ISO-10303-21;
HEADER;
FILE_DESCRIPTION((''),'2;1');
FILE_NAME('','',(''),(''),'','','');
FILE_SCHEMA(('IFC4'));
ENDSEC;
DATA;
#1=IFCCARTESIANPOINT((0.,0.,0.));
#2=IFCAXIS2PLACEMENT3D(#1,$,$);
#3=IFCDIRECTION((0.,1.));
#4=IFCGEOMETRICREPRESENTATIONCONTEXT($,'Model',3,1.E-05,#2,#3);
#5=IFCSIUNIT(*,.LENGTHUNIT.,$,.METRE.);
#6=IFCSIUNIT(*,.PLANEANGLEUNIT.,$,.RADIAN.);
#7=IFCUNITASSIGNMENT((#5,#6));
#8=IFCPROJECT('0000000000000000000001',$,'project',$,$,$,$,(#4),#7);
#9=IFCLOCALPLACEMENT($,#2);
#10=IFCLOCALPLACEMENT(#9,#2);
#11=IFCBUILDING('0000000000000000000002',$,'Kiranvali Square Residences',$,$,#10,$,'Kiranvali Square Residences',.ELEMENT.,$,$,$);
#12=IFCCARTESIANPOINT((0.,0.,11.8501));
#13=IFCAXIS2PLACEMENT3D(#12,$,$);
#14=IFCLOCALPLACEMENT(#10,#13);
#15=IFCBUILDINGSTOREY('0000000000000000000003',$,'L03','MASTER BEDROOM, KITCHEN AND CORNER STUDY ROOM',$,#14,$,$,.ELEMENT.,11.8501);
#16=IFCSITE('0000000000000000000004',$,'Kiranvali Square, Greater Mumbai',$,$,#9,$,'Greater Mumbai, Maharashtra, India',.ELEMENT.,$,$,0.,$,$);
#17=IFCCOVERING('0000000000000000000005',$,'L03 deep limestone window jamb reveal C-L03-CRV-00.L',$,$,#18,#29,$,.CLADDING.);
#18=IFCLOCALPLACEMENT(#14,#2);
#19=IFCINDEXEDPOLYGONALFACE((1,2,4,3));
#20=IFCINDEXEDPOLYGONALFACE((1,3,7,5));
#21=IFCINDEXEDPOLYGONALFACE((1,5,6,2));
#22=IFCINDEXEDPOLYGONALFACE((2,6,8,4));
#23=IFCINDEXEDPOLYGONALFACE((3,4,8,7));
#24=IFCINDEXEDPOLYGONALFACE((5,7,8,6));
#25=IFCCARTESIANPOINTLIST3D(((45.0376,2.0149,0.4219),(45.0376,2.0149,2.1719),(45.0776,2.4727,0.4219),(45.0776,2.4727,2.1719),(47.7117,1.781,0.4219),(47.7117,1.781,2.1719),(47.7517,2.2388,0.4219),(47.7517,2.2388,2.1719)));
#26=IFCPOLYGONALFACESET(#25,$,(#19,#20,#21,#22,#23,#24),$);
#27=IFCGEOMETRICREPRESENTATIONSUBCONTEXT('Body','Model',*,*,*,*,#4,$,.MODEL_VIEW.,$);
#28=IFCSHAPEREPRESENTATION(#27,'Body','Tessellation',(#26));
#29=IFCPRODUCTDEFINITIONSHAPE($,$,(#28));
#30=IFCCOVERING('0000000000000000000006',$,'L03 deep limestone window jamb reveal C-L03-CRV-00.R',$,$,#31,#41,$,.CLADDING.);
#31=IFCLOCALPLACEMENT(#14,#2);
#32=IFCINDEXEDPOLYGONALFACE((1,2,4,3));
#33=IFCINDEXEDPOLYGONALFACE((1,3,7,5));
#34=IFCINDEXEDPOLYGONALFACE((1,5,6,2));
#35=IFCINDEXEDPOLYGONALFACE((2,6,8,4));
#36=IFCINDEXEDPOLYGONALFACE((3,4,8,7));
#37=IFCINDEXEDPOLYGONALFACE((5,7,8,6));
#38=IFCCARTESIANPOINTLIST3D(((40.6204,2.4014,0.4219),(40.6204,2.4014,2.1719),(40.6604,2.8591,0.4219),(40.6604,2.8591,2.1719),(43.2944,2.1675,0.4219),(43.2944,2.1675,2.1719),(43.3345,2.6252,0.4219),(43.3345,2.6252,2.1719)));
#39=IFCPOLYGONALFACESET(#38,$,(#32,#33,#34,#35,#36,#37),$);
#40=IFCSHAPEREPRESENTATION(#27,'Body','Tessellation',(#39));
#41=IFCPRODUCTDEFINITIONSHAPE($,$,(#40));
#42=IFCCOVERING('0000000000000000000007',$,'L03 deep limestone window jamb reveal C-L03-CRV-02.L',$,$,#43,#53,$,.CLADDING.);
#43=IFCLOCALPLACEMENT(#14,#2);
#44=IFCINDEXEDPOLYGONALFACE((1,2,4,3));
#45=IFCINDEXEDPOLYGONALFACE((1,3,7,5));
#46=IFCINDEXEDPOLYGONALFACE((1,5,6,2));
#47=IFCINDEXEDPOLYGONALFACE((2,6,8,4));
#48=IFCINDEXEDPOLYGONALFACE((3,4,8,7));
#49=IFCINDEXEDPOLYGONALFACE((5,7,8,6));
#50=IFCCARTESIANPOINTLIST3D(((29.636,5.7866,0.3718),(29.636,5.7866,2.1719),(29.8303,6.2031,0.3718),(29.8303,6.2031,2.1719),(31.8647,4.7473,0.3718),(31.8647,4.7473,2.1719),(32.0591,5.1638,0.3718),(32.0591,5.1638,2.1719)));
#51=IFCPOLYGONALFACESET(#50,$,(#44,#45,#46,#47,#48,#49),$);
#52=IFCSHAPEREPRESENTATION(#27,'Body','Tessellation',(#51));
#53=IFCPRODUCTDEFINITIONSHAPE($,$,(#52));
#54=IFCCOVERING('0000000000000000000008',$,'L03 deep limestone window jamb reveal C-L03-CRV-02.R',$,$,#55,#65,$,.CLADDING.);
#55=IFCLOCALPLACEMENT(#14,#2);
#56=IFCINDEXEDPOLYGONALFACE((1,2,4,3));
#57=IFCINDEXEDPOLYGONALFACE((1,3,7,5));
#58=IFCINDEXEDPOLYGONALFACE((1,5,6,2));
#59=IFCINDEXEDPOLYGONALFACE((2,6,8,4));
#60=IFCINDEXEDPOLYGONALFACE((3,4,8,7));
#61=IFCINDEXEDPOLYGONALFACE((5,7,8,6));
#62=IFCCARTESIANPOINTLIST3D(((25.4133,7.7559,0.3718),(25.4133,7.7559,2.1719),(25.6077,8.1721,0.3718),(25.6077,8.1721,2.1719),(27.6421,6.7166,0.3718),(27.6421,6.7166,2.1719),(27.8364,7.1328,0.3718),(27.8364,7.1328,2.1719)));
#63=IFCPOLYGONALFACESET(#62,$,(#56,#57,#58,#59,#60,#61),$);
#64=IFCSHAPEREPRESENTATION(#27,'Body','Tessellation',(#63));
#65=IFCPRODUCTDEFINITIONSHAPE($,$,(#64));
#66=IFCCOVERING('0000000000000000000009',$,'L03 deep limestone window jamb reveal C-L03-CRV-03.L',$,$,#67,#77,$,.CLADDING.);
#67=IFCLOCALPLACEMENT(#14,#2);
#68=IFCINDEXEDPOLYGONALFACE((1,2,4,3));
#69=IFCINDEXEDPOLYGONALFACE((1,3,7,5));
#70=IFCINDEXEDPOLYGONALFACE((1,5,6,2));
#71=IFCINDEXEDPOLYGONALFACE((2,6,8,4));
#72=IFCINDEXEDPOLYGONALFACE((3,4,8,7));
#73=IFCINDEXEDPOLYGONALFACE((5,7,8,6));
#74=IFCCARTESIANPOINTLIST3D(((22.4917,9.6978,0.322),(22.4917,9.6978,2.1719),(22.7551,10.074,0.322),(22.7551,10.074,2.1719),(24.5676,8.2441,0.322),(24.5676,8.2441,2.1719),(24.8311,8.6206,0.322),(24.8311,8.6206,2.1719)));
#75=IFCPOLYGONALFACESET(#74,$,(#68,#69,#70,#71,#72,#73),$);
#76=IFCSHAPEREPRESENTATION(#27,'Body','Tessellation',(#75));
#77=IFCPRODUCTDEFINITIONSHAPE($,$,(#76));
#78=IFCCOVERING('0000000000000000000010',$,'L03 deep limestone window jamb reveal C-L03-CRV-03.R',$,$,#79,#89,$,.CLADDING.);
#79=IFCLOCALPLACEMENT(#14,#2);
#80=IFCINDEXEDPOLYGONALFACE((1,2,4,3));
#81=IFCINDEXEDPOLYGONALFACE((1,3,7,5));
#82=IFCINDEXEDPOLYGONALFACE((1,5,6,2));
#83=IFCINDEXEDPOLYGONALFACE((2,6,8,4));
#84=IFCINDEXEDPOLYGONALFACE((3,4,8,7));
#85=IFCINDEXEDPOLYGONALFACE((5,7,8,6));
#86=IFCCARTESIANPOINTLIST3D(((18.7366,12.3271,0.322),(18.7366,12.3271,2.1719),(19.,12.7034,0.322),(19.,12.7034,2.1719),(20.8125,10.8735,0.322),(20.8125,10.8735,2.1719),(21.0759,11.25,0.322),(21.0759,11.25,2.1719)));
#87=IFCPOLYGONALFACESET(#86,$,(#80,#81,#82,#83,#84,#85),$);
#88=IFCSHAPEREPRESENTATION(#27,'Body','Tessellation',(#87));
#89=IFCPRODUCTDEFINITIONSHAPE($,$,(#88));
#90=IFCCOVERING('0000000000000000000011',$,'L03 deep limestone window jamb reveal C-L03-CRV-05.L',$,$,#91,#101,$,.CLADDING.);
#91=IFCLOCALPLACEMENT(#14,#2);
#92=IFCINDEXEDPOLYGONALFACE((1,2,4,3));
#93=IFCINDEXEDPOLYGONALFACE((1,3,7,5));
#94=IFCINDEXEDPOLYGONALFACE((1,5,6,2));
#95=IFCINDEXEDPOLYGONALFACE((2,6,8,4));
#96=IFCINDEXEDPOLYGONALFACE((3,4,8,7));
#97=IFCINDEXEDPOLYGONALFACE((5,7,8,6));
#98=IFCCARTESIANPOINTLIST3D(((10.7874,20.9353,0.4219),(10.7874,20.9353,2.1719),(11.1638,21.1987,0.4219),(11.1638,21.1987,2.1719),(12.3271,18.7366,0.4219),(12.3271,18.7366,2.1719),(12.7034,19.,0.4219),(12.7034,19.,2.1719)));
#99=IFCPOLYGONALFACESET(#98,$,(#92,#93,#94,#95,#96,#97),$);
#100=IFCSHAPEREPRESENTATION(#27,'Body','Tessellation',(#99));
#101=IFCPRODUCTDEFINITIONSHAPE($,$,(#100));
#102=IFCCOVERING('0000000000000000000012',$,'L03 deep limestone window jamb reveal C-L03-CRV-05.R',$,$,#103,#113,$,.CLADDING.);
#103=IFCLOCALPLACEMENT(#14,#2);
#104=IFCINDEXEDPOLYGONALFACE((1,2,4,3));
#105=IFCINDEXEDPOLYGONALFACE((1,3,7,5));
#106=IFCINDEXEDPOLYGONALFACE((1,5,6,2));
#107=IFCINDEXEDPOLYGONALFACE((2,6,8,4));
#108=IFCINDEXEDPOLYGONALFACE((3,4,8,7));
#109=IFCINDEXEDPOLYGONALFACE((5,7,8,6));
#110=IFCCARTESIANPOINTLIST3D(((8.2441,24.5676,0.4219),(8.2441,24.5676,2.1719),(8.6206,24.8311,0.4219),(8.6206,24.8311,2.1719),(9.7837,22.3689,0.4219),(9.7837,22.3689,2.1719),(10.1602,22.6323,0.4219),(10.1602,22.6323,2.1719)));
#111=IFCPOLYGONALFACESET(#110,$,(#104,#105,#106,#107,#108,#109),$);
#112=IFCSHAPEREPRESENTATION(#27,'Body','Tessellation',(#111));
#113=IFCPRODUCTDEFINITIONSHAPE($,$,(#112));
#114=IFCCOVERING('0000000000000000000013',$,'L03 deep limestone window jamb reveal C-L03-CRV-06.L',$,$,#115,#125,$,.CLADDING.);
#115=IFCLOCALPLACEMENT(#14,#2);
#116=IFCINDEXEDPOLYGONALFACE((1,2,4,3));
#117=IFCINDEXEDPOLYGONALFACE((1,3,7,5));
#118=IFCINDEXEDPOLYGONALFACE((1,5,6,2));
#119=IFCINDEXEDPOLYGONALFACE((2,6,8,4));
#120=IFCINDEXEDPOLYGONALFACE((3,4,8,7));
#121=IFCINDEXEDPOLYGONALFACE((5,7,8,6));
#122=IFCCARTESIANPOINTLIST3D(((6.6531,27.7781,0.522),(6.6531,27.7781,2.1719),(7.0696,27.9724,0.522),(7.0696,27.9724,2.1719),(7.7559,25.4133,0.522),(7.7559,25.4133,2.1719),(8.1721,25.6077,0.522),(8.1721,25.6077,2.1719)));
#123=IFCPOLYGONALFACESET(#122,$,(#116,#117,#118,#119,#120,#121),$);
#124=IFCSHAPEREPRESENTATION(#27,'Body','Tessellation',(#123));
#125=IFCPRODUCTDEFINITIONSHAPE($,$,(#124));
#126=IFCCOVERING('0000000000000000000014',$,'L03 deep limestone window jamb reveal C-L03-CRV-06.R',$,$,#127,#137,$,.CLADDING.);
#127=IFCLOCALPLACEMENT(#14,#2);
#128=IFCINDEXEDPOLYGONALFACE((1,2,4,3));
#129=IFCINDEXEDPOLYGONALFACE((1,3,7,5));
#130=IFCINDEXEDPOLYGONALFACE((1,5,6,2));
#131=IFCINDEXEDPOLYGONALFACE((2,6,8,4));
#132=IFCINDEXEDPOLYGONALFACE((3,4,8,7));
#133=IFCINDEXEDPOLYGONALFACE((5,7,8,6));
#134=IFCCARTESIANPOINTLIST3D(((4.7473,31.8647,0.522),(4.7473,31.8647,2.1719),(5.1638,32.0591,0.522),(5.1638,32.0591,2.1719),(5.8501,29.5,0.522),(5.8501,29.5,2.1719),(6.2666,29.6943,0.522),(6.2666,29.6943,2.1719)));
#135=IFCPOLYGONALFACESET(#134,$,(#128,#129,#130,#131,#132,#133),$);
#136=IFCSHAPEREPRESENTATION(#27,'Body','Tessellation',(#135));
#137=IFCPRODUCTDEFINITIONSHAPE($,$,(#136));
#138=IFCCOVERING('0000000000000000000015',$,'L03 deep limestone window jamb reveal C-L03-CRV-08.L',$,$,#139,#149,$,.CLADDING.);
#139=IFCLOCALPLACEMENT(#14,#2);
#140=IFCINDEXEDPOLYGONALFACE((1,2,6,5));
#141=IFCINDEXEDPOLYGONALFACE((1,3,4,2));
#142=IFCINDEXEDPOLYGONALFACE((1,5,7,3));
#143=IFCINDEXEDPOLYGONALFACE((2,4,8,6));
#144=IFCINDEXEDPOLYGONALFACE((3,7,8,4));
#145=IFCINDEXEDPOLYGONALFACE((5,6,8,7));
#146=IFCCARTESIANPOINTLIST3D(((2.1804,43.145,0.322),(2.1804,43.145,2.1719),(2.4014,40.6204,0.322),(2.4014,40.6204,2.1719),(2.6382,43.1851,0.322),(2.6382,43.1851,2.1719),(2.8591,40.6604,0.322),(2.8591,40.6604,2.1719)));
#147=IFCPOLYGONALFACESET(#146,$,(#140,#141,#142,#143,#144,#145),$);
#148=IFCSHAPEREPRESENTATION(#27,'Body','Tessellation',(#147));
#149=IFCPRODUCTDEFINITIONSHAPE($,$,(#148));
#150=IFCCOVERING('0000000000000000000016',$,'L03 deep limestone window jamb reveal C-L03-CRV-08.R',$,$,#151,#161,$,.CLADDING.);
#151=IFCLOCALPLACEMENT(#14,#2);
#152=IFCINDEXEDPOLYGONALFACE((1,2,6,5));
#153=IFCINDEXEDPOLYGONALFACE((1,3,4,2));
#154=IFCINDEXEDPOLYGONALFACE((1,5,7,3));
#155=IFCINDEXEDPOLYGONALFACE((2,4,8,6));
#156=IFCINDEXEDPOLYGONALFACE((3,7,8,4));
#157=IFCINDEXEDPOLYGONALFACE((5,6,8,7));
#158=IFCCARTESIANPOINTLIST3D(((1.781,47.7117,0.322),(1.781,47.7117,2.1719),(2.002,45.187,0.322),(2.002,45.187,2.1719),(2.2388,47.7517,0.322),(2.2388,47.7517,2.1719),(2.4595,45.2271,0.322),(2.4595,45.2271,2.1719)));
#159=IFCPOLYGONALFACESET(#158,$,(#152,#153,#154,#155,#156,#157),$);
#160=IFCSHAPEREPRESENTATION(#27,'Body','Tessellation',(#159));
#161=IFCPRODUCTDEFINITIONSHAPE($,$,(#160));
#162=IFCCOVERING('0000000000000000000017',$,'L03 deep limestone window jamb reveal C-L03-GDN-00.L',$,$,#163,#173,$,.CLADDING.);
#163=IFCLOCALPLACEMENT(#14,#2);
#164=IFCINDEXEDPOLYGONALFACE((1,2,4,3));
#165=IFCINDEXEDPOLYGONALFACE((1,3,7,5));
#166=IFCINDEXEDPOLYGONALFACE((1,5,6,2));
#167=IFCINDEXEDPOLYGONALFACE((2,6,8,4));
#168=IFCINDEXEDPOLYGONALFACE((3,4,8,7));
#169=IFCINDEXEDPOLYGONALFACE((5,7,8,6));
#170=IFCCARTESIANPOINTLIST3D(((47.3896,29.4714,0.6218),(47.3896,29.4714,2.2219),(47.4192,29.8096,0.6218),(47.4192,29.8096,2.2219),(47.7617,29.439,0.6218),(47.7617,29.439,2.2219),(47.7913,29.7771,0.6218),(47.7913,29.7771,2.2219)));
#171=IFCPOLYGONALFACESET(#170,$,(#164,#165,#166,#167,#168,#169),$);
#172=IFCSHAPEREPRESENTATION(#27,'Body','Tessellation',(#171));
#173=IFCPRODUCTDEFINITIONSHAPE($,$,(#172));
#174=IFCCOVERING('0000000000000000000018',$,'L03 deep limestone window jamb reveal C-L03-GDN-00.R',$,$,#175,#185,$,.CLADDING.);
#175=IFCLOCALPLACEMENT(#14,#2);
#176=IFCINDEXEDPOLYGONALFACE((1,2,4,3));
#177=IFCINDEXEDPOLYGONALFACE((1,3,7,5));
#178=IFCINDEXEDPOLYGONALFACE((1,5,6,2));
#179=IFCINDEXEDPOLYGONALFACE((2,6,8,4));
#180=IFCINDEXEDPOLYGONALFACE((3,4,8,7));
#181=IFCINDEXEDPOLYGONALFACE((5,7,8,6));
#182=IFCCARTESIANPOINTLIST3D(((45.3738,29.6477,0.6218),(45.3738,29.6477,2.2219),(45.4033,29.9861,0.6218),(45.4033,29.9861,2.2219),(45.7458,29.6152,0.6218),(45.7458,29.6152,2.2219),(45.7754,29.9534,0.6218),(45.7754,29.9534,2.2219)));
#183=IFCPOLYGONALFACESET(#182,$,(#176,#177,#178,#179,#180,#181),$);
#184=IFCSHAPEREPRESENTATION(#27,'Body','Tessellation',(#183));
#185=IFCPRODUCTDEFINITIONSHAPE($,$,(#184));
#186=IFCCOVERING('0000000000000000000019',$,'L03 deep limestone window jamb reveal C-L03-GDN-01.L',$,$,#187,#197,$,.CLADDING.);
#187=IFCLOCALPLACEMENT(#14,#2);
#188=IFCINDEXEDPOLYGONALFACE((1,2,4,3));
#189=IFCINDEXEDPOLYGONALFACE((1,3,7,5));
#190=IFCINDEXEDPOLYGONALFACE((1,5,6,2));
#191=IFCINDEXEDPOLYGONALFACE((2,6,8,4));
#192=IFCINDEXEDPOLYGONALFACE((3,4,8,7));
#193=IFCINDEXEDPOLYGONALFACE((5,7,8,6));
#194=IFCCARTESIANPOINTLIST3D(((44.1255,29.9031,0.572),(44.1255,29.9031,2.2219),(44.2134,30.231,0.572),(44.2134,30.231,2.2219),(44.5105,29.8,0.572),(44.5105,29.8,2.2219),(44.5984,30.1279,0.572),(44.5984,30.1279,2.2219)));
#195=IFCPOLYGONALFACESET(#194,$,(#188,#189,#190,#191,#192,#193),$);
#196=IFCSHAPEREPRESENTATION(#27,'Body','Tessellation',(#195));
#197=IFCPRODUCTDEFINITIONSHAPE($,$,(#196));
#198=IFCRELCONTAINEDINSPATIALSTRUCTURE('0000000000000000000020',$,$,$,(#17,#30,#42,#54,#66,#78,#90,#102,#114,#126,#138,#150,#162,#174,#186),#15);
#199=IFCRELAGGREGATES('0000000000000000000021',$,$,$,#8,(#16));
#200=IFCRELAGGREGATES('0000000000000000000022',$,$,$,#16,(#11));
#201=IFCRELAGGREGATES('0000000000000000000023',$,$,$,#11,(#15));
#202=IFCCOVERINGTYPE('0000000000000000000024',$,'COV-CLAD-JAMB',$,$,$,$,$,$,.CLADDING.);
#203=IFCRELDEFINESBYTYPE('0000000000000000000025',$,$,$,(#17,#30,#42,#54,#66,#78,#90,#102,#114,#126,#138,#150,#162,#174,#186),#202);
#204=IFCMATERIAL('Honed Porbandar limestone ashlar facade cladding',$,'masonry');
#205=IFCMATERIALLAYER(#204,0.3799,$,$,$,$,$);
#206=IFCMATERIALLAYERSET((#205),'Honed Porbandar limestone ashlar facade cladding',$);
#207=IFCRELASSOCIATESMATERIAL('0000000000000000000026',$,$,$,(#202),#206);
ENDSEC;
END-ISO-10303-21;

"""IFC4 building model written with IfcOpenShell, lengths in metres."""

from ifc_helpers import new_model, si_unit, direction, frame, origin, place, context, subcontext, project, spatial, polyline, outline, extrude, material, layer, layer_set, type_object, element, save


model = new_model("IFC4")

# Units and contexts
model_context = context("Model", 3, precision=1e-05, world=origin(), true_north=direction((0.0, 1.0)))
body_context = subcontext(model_context, "Body", "Model", "MODEL_VIEW")
ifc_project = project(units=[si_unit("LENGTHUNIT", "METRE"), si_unit("PLANEANGLEUNIT", "RADIAN")], contexts=[model_context])

# Site, building, storey
site_placement = place(None, origin())
site = spatial("IfcSite", under=ifc_project, at=site_placement, Name="Kiranvali Square, Greater Mumbai", LongName="Greater Mumbai, Maharashtra, India", CompositionType="ELEMENT", RefElevation=0.0)
building_placement = place(site_placement, origin())
building = spatial("IfcBuilding", under=site, at=building_placement, Name="Kiranvali Square Residences", LongName="Kiranvali Square Residences", CompositionType="ELEMENT")
storey_placement = place(building_placement, frame((0.0, 0.0, 11.8501)))
storey = spatial("IfcBuildingStorey", under=building, at=storey_placement, Name="L03", Description="MASTER BEDROOM, KITCHEN AND CORNER STUDY ROOM", CompositionType="ELEMENT", Elevation=11.8501)

# Coverings
ifc_material = material(Name="Honed Porbandar limestone ashlar facade cladding", Category="masonry")
ifc_layer_1 = layer(ifc_material, 0.3799)
ifc_layer_set_1 = layer_set([ifc_layer_1], Name="Honed Porbandar limestone ashlar facade cladding")
covering_type_1 = type_object("IfcCoveringType", Name="COV-CLAD-JAMB", PredefinedType="CLADDING", material=ifc_layer_set_1)
covering_1_placement = place(storey_placement, frame((0.0, 0.0, 0.4219)))
element("IfcCovering", 1, at=covering_1_placement, inside=storey, type_object=covering_type_1, Name="L03 deep limestone window jamb reveal C-L03-CRV-00.L", PredefinedType="CLADDING", context=body_context, shape_type="SweptSolid", body=[
    extrude(outline(polyline([(47.7517, 2.2388), (45.0776, 2.4727), (45.0376, 2.0149), (47.7117, 1.781), (47.7517, 2.2388)])), origin(), (0.0, 0.0, 1.0), 1.75),
])
covering_2_placement = place(storey_placement, frame((0.0, 0.0, 0.4219)))
element("IfcCovering", 2, at=covering_2_placement, inside=storey, type_object=covering_type_1, Name="L03 deep limestone window jamb reveal C-L03-CRV-00.R", PredefinedType="CLADDING", context=body_context, shape_type="SweptSolid", body=[
    extrude(outline(polyline([(43.3345, 2.6252), (40.6604, 2.8591), (40.6204, 2.4014), (43.2944, 2.1675), (43.3345, 2.6252)])), origin(), (0.0, 0.0, 1.0), 1.75),
])
covering_3_placement = place(storey_placement, frame((0.0, 0.0, 0.3718)))
element("IfcCovering", 3, at=covering_3_placement, inside=storey, type_object=covering_type_1, Name="L03 deep limestone window jamb reveal C-L03-CRV-02.L", PredefinedType="CLADDING", context=body_context, shape_type="SweptSolid", body=[
    extrude(outline(polyline([(32.0591, 5.1638), (29.8303, 6.2031), (29.636, 5.7866), (31.8647, 4.7473), (32.0591, 5.1638)])), origin(), (0.0, 0.0, 1.0), 1.8),
])
covering_4_placement = place(storey_placement, frame((0.0, 0.0, 0.3718)))
element("IfcCovering", 4, at=covering_4_placement, inside=storey, type_object=covering_type_1, Name="L03 deep limestone window jamb reveal C-L03-CRV-02.R", PredefinedType="CLADDING", context=body_context, shape_type="SweptSolid", body=[
    extrude(outline(polyline([(27.8364, 7.1328), (25.6077, 8.1721), (25.4133, 7.7559), (27.6421, 6.7166), (27.8364, 7.1328)])), origin(), (0.0, 0.0, 1.0), 1.8),
])
covering_5_placement = place(storey_placement, frame((0.0, 0.0, 0.322)))
element("IfcCovering", 5, at=covering_5_placement, inside=storey, type_object=covering_type_1, Name="L03 deep limestone window jamb reveal C-L03-CRV-03.L", PredefinedType="CLADDING", context=body_context, shape_type="SweptSolid", body=[
    extrude(outline(polyline([(24.8311, 8.6206), (22.7551, 10.074), (22.4917, 9.6978), (24.5676, 8.2441), (24.8311, 8.6206)])), origin(), (0.0, 0.0, 1.0), 1.8499),
])
covering_6_placement = place(storey_placement, frame((0.0, 0.0, 0.322)))
element("IfcCovering", 6, at=covering_6_placement, inside=storey, type_object=covering_type_1, Name="L03 deep limestone window jamb reveal C-L03-CRV-03.R", PredefinedType="CLADDING", context=body_context, shape_type="SweptSolid", body=[
    extrude(outline(polyline([(21.0759, 11.25), (19.0, 12.7034), (18.7366, 12.3271), (20.8125, 10.8735), (21.0759, 11.25)])), origin(), (0.0, 0.0, 1.0), 1.8499),
])
covering_7_placement = place(storey_placement, frame((0.0, 0.0, 0.4219)))
element("IfcCovering", 7, at=covering_7_placement, inside=storey, type_object=covering_type_1, Name="L03 deep limestone window jamb reveal C-L03-CRV-05.L", PredefinedType="CLADDING", context=body_context, shape_type="SweptSolid", body=[
    extrude(outline(polyline([(12.7034, 19.0), (11.1638, 21.1987), (10.7874, 20.9353), (12.3271, 18.7366), (12.7034, 19.0)])), origin(), (0.0, 0.0, 1.0), 1.75),
])
covering_8_placement = place(storey_placement, frame((0.0, 0.0, 0.4219)))
element("IfcCovering", 8, at=covering_8_placement, inside=storey, type_object=covering_type_1, Name="L03 deep limestone window jamb reveal C-L03-CRV-05.R", PredefinedType="CLADDING", context=body_context, shape_type="SweptSolid", body=[
    extrude(outline(polyline([(10.1602, 22.6323), (8.6206, 24.8311), (8.2441, 24.5676), (9.7837, 22.3689), (10.1602, 22.6323)])), origin(), (0.0, 0.0, 1.0), 1.75),
])
covering_9_placement = place(storey_placement, frame((0.0, 0.0, 0.522)))
element("IfcCovering", 9, at=covering_9_placement, inside=storey, type_object=covering_type_1, Name="L03 deep limestone window jamb reveal C-L03-CRV-06.L", PredefinedType="CLADDING", context=body_context, shape_type="SweptSolid", body=[
    extrude(outline(polyline([(8.1721, 25.6077), (7.0696, 27.9724), (6.6531, 27.7781), (7.7559, 25.4133), (8.1721, 25.6077)])), origin(), (0.0, 0.0, 1.0), 1.6499),
])
covering_10_placement = place(storey_placement, frame((0.0, 0.0, 0.522)))
element("IfcCovering", 10, at=covering_10_placement, inside=storey, type_object=covering_type_1, Name="L03 deep limestone window jamb reveal C-L03-CRV-06.R", PredefinedType="CLADDING", context=body_context, shape_type="SweptSolid", body=[
    extrude(outline(polyline([(6.2666, 29.6943), (5.1638, 32.0591), (4.7473, 31.8647), (5.8501, 29.5), (6.2666, 29.6943)])), origin(), (0.0, 0.0, 1.0), 1.6499),
])
covering_11_placement = place(storey_placement, frame((0.0, 0.0, 0.322)))
element("IfcCovering", 11, at=covering_11_placement, inside=storey, type_object=covering_type_1, Name="L03 deep limestone window jamb reveal C-L03-CRV-08.L", PredefinedType="CLADDING", context=body_context, shape_type="SweptSolid", body=[
    extrude(outline(polyline([(2.8591, 40.6604), (2.6382, 43.1851), (2.1804, 43.145), (2.4014, 40.6204), (2.8591, 40.6604)])), origin(), (0.0, 0.0, 1.0), 1.8499),
])
covering_12_placement = place(storey_placement, frame((0.0, 0.0, 0.322)))
element("IfcCovering", 12, at=covering_12_placement, inside=storey, type_object=covering_type_1, Name="L03 deep limestone window jamb reveal C-L03-CRV-08.R", PredefinedType="CLADDING", context=body_context, shape_type="SweptSolid", body=[
    extrude(outline(polyline([(2.4595, 45.2271), (2.2388, 47.7517), (1.781, 47.7117), (2.002, 45.187), (2.4595, 45.2271)])), origin(), (0.0, 0.0, 1.0), 1.8499),
])
covering_13_placement = place(storey_placement, frame((0.0, 0.0, 0.6218)))
element("IfcCovering", 13, at=covering_13_placement, inside=storey, type_object=covering_type_1, Name="L03 deep limestone window jamb reveal C-L03-GDN-00.L", PredefinedType="CLADDING", context=body_context, shape_type="SweptSolid", body=[
    extrude(outline(polyline([(47.7913, 29.7771), (47.4192, 29.8096), (47.3896, 29.4714), (47.7617, 29.439), (47.7913, 29.7771)])), origin(), (0.0, 0.0, 1.0), 1.6001),
])
covering_14_placement = place(storey_placement, frame((0.0, 0.0, 0.6218)))
element("IfcCovering", 14, at=covering_14_placement, inside=storey, type_object=covering_type_1, Name="L03 deep limestone window jamb reveal C-L03-GDN-00.R", PredefinedType="CLADDING", context=body_context, shape_type="SweptSolid", body=[
    extrude(outline(polyline([(45.7754, 29.9534), (45.4033, 29.9861), (45.3738, 29.6477), (45.7458, 29.6152), (45.7754, 29.9534)])), origin(), (0.0, 0.0, 1.0), 1.6001),
])
covering_15_placement = place(storey_placement, frame((0.0, 0.0, 0.572)))
element("IfcCovering", 15, at=covering_15_placement, inside=storey, type_object=covering_type_1, Name="L03 deep limestone window jamb reveal C-L03-GDN-01.L", PredefinedType="CLADDING", context=body_context, shape_type="SweptSolid", body=[
    extrude(outline(polyline([(44.5984, 30.1279), (44.2134, 30.231), (44.1255, 29.9031), (44.5105, 29.8), (44.5984, 30.1279)])), origin(), (0.0, 0.0, 1.0), 1.6499),
])

save(model, "model.ifc")
